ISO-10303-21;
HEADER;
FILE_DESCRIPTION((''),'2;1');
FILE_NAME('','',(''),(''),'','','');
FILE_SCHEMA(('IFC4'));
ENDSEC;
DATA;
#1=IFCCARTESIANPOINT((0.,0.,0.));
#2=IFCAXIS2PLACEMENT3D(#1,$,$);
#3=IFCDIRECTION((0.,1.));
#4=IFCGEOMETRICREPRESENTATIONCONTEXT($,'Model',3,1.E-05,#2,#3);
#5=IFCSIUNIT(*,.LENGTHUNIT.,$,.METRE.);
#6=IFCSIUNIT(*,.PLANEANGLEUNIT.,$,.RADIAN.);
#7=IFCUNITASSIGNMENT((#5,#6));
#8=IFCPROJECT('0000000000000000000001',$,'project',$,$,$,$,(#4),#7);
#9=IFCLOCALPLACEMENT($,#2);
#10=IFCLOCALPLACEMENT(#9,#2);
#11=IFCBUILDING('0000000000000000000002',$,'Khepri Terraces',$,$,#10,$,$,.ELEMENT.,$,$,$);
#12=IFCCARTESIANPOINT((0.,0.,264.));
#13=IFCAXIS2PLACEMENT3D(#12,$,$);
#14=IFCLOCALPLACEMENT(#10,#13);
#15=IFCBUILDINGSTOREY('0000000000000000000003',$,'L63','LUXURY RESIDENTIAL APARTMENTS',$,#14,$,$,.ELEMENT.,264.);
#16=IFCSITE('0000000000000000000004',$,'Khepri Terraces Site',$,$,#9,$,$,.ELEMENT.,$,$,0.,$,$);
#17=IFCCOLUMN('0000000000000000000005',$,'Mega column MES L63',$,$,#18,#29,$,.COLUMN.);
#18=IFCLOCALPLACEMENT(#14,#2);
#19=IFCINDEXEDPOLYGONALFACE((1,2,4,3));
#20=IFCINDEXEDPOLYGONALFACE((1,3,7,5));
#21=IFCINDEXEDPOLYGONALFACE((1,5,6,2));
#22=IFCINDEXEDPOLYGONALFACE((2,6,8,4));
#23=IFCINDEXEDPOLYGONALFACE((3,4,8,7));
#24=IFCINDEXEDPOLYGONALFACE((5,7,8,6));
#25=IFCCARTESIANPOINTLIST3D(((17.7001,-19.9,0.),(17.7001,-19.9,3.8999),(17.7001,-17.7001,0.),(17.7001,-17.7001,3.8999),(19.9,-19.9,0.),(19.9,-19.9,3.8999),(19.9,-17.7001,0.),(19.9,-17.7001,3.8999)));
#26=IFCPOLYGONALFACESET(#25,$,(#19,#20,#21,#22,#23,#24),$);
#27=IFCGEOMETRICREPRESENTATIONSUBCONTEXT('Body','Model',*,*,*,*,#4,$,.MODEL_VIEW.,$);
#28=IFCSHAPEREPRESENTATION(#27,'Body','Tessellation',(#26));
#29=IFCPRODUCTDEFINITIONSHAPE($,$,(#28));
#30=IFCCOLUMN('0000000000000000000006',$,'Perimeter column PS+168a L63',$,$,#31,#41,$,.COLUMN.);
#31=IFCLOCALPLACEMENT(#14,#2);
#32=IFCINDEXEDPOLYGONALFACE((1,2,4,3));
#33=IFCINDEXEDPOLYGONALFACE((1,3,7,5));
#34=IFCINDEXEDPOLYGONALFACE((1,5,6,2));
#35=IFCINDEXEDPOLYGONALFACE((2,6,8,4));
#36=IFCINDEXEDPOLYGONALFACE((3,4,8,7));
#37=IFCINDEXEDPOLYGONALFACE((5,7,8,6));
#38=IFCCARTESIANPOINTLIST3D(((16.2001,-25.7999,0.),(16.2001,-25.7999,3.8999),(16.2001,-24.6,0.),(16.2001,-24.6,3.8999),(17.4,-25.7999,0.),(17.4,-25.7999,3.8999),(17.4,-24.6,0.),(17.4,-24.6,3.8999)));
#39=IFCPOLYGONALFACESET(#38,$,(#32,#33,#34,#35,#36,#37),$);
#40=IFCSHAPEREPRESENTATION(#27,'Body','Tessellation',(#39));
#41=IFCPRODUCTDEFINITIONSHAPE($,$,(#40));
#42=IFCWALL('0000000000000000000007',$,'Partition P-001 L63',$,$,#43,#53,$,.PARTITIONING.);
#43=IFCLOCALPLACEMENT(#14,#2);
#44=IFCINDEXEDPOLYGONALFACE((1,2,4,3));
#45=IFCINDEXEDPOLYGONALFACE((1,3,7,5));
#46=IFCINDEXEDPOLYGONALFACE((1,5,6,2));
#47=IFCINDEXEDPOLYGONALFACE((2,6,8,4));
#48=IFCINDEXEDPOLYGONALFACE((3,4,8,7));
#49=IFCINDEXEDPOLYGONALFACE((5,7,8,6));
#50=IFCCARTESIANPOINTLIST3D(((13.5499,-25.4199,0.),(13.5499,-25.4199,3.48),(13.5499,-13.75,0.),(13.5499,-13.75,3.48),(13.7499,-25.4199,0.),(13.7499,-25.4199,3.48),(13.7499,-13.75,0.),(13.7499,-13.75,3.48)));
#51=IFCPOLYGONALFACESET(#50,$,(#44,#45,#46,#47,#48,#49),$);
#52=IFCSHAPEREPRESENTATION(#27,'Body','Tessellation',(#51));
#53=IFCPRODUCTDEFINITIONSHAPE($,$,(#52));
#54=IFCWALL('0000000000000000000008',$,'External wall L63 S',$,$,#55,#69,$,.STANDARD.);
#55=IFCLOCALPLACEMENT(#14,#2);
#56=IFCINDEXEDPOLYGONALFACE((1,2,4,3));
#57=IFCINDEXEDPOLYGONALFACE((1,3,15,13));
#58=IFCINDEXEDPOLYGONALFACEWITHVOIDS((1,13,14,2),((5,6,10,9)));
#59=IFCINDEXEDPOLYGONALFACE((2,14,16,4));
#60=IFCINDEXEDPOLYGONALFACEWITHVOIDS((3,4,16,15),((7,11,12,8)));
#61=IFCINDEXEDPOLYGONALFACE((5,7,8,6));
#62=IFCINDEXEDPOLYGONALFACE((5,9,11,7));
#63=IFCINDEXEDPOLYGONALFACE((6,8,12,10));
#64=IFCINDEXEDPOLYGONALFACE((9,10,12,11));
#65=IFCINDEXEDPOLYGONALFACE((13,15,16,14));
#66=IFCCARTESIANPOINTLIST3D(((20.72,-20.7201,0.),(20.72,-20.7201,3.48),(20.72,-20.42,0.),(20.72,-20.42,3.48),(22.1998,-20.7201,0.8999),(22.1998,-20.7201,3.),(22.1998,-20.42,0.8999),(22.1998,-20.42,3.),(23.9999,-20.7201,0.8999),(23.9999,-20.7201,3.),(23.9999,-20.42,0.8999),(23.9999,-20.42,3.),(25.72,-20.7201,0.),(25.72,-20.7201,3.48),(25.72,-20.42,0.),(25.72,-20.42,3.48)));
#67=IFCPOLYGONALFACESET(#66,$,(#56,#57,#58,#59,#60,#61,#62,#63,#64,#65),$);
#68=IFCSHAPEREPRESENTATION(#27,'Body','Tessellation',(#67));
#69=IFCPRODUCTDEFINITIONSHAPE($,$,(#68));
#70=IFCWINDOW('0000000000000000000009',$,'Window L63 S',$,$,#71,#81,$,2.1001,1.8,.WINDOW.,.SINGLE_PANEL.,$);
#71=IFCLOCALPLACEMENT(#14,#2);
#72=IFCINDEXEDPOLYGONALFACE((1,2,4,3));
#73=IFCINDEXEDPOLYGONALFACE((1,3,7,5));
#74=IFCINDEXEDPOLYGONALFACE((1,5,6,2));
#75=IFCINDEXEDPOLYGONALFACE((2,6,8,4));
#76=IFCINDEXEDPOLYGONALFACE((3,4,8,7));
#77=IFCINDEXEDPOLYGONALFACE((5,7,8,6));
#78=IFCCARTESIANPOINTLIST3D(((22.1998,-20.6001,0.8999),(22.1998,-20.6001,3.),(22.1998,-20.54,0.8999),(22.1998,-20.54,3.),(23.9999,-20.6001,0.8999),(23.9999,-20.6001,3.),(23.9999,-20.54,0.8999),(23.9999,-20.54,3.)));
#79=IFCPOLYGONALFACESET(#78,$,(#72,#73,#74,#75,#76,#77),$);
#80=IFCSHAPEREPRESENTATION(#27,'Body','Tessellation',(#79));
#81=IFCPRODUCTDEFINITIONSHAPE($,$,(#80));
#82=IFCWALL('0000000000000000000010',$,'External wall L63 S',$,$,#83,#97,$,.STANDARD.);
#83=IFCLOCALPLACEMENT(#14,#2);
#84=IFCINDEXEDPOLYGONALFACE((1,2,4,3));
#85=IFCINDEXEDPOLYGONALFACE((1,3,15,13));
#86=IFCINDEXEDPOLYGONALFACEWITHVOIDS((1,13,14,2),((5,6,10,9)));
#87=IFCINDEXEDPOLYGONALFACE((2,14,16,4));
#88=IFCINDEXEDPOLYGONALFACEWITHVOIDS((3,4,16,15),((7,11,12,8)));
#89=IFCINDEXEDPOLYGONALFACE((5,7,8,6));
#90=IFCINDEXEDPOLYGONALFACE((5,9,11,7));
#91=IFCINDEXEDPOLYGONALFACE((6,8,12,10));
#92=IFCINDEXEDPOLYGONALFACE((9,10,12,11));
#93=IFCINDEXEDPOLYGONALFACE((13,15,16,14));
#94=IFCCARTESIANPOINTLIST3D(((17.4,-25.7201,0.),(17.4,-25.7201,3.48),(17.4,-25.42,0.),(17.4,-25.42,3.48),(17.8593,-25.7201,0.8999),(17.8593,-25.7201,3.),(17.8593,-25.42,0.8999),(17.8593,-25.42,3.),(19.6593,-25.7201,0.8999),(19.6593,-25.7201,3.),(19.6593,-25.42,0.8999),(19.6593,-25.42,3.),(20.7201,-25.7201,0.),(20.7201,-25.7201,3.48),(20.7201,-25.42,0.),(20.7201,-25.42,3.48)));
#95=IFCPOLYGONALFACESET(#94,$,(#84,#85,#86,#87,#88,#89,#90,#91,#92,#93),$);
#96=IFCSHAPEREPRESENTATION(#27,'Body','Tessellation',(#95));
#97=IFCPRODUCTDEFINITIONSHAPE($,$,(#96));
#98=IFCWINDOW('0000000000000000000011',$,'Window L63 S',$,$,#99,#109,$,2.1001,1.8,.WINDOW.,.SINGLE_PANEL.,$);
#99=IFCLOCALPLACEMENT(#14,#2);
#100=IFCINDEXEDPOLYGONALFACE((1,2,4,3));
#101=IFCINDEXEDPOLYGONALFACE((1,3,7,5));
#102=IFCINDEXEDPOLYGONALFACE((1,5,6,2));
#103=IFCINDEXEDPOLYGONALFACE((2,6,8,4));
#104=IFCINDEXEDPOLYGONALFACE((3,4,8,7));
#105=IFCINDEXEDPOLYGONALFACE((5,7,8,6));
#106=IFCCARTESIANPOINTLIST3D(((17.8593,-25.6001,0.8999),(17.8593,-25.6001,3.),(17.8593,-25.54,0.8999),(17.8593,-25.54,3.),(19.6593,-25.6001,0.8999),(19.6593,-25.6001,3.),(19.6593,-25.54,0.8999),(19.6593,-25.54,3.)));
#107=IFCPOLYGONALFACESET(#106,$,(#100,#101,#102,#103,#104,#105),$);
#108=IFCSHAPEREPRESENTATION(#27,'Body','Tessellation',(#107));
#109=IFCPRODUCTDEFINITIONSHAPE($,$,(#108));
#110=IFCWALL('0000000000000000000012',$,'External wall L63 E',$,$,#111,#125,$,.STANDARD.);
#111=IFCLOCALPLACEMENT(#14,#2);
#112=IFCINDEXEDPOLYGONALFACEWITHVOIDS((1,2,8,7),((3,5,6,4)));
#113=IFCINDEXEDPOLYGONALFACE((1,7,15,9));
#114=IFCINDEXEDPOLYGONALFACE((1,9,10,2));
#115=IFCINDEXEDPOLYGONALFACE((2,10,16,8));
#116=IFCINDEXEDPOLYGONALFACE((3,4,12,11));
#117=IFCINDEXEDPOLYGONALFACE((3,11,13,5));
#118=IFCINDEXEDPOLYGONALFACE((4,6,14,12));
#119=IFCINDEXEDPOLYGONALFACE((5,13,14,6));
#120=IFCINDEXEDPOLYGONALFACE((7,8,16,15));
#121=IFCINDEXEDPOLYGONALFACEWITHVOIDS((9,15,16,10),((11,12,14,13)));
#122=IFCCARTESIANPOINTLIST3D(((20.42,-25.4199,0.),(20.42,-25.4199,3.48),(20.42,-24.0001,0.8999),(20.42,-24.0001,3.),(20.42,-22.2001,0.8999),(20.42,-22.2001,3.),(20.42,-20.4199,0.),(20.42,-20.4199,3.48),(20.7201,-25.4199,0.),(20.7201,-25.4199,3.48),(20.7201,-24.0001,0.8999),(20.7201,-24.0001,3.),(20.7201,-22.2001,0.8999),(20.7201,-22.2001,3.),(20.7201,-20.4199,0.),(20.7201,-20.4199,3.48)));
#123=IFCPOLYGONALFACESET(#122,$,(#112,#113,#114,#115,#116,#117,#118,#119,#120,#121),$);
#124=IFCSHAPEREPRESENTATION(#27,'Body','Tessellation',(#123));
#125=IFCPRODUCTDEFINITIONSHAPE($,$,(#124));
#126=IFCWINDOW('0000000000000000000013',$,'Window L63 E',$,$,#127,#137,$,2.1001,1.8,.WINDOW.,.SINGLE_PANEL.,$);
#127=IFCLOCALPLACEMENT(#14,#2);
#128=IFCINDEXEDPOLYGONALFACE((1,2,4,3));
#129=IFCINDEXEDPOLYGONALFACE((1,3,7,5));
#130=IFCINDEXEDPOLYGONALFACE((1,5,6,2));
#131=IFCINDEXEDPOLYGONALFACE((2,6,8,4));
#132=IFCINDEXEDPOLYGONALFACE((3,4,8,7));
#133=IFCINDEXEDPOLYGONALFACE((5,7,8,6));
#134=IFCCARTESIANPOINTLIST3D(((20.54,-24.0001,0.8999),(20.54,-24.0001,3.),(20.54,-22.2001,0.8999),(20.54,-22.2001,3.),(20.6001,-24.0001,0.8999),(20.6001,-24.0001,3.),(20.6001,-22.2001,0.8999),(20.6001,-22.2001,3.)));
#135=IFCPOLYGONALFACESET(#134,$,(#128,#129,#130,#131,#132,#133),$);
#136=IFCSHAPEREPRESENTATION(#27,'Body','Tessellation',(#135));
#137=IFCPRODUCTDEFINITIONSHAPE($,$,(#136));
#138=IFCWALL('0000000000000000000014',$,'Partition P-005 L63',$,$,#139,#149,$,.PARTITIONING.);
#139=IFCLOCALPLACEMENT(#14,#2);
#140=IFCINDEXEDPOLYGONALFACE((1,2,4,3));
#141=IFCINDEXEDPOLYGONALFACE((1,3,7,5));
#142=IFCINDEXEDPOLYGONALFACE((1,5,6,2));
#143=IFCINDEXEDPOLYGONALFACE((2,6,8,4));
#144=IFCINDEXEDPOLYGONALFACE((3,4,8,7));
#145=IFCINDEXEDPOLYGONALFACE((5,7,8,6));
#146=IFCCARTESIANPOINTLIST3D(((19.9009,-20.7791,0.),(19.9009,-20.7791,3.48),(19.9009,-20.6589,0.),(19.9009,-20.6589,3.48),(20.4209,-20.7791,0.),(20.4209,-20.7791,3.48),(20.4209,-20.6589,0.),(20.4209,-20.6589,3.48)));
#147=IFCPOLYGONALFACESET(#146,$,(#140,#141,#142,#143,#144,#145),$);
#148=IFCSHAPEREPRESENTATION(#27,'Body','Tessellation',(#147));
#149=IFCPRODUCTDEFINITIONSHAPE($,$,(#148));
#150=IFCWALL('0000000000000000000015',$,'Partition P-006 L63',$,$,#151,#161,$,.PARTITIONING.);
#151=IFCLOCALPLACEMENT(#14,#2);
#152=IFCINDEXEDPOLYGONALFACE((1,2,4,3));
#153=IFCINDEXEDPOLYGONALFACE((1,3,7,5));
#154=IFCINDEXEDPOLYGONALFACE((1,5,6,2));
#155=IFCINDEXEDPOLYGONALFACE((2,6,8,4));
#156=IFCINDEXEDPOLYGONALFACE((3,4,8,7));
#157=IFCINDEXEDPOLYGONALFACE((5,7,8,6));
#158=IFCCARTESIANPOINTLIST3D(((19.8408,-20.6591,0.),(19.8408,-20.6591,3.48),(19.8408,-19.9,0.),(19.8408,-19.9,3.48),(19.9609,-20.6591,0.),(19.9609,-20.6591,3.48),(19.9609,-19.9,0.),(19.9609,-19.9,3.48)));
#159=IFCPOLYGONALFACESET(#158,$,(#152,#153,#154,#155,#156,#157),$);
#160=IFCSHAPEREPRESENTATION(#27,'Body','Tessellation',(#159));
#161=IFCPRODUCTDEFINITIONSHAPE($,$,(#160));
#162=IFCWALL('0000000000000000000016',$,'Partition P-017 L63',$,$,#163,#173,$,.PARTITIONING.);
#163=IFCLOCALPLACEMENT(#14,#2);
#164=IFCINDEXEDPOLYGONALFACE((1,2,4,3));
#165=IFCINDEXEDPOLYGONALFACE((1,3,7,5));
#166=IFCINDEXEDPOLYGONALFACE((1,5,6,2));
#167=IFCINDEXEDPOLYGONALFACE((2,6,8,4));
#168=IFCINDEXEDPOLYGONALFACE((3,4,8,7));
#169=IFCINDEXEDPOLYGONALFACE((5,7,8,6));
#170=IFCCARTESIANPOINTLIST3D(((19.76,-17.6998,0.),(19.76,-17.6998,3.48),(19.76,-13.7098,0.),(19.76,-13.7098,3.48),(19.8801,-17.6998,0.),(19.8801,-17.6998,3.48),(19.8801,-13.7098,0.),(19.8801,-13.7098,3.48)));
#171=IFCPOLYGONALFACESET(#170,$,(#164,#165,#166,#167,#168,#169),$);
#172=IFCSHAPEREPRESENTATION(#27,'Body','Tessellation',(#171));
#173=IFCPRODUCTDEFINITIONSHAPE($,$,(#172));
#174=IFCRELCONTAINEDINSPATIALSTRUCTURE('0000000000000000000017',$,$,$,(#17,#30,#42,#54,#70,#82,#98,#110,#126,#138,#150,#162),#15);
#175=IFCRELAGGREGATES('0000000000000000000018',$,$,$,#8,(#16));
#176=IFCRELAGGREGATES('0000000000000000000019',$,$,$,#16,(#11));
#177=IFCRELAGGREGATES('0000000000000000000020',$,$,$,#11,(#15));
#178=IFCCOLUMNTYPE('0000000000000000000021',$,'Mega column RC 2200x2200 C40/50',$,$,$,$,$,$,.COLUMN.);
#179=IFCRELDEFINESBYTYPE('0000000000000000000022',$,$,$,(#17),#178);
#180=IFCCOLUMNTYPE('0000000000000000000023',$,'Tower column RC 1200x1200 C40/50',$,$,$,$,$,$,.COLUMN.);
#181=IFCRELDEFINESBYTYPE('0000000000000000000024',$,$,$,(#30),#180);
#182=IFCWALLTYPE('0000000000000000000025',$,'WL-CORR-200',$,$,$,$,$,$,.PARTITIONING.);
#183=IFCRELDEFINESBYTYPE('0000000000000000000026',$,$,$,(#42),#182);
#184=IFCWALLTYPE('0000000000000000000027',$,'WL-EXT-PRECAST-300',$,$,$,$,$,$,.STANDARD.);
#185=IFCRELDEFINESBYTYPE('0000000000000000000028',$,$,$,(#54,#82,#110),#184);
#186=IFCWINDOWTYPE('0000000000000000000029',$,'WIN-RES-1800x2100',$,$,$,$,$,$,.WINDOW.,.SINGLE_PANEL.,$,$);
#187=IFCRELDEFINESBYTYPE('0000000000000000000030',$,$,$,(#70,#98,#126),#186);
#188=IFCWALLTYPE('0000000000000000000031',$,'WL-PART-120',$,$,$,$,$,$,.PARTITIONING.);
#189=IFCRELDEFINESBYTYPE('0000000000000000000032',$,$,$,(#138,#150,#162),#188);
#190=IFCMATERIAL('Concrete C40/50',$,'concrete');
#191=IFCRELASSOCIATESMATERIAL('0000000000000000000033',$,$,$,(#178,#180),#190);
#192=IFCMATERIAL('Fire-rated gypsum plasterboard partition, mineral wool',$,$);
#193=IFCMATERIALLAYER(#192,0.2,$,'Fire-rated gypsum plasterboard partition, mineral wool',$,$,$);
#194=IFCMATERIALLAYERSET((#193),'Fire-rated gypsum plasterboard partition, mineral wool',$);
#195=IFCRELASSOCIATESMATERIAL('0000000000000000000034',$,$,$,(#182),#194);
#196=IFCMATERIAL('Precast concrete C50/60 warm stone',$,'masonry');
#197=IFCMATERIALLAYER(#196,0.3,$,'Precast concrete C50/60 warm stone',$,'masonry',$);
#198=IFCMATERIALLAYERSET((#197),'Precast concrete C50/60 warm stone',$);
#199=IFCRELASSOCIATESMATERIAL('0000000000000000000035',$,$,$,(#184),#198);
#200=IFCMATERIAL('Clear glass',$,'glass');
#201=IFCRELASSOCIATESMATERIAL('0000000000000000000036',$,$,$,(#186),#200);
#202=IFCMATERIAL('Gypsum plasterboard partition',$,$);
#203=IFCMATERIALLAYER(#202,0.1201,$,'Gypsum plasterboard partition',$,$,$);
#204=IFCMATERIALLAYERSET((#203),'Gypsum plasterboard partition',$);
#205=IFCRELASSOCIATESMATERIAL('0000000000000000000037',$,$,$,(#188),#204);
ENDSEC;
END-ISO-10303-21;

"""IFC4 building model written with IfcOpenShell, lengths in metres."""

from ifc_helpers import new_model, si_unit, direction, frame, frame_2d, origin, origin_2d, place, context, subcontext, project, spatial, rectangle, extrude, material, layer, layer_set, material_profile, profile_set, type_object, element, fill, save


model = new_model("IFC4")

# Units and contexts
model_context = context("Model", 3, precision=1e-05, world=origin(), true_north=direction((0.0, 1.0)))
body_context = subcontext(model_context, "Body", "Model", "MODEL_VIEW")
ifc_project = project(units=[si_unit("LENGTHUNIT", "METRE"), si_unit("PLANEANGLEUNIT", "RADIAN")], contexts=[model_context])

# Site, building, storey
site_placement = place(None, origin())
site = spatial("IfcSite", under=ifc_project, at=site_placement, Name="Khepri Terraces Site", CompositionType="ELEMENT", RefElevation=0.0)
building_placement = place(site_placement, origin())
building = spatial("IfcBuilding", under=site, at=building_placement, Name="Khepri Terraces", CompositionType="ELEMENT")
storey_placement = place(building_placement, frame((0.0, 0.0, 264.0)))
storey = spatial("IfcBuildingStorey", under=building, at=storey_placement, Name="L63", Description="LUXURY RESIDENTIAL APARTMENTS", CompositionType="ELEMENT", Elevation=264.0)

# Columns
ifc_material_1 = material(Name="Concrete C40/50", Category="concrete")
ifc_material_profile_1 = material_profile(ifc_material_1, rectangle(XDim=2.2, YDim=2.2, at=origin_2d()), Name="Concrete C40/50", Category="concrete")
ifc_profile_set_1 = profile_set([ifc_material_profile_1], Name="Concrete C40/50")
column_type_1 = type_object("IfcColumnType", Name="Mega column RC 2200x2200 C40/50", PredefinedType="COLUMN", material=ifc_profile_set_1)
column_1_placement = place(storey_placement, frame((18.8, -18.8, 0.0), z_axis=(0.0, 0.0, 1.0), x_axis=(1.0, 0.0, 0.0)))
element("IfcColumn", 1, at=column_1_placement, inside=storey, type_object=column_type_1, Name="Mega column MES L63", PredefinedType="COLUMN", context=body_context, shape_type="SweptSolid", body=[
    extrude(rectangle(XDim=2.2, YDim=2.2, at=origin_2d()), origin(), (0.0, 0.0, 1.0), 3.8999),
])
ifc_material_profile_2 = material_profile(ifc_material_1, rectangle(XDim=1.2, YDim=1.2, at=origin_2d()), Name="Concrete C40/50", Category="concrete")
ifc_profile_set_2 = profile_set([ifc_material_profile_2], Name="Concrete C40/50")
column_type_2 = type_object("IfcColumnType", Name="Tower column RC 1200x1200 C40/50", PredefinedType="COLUMN", material=ifc_profile_set_2)
column_2_placement = place(storey_placement, frame((16.8, -25.2, 0.0), z_axis=(0.0, 0.0, 1.0), x_axis=(1.0, 0.0, 0.0)))
element("IfcColumn", 2, at=column_2_placement, inside=storey, type_object=column_type_2, Name="Perimeter column PS+168a L63", PredefinedType="COLUMN", context=body_context, shape_type="SweptSolid", body=[
    extrude(rectangle(XDim=1.2, YDim=1.2, at=origin_2d()), origin(), (0.0, 0.0, 1.0), 3.8999),
])

# Wall
ifc_material_2 = material(Name="Fire-rated gypsum plasterboard partition, mineral wool")
ifc_layer_1 = layer(ifc_material_2, 0.2, Name="Fire-rated gypsum plasterboard partition, mineral wool")
ifc_layer_set_1 = layer_set([ifc_layer_1], Name="Fire-rated gypsum plasterboard partition, mineral wool")
wall_type_1 = type_object("IfcWallType", Name="WL-CORR-200", PredefinedType="PARTITIONING", material=ifc_layer_set_1)
wall_1_placement = place(storey_placement, frame((13.6499, -25.4199, 0.0), z_axis=(0.0, 0.0, 1.0), x_axis=(0.0, 1.0, 0.0)))
element("IfcWall", 3, at=wall_1_placement, inside=storey, type_object=wall_type_1, Name="Partition P-001 L63", PredefinedType="PARTITIONING", context=body_context, shape_type="SweptSolid", body=[
    extrude(rectangle(XDim=11.6699, YDim=0.2, at=frame_2d((5.835, 0.0))), origin(), (0.0, 0.0, 1.0), 3.48),
])

# Wall, opening, window
ifc_material_3 = material(Name="Precast concrete C50/60 warm stone", Category="masonry")
ifc_layer_2 = layer(ifc_material_3, 0.3, Name="Precast concrete C50/60 warm stone", Category="masonry")
ifc_layer_set_2 = layer_set([ifc_layer_2], Name="Precast concrete C50/60 warm stone")
wall_type_2 = type_object("IfcWallType", Name="WL-EXT-PRECAST-300", PredefinedType="STANDARD", material=ifc_layer_set_2)
wall_2_placement = place(storey_placement, frame((20.72, -20.5701, 0.0), z_axis=(0.0, 0.0, 1.0), x_axis=(1.0, 0.0, 0.0)))
wall_2 = element("IfcWall", 4, at=wall_2_placement, inside=storey, type_object=wall_type_2, Name="External wall L63 S", PredefinedType="STANDARD", context=body_context, shape_type="SweptSolid", body=[
    extrude(rectangle(XDim=5.0, YDim=0.3, at=frame_2d((2.5, 0.0))), origin(), (0.0, 0.0, 1.0), 3.48),
])
opening_1_placement = place(wall_2_placement, frame((1.48, 0.0, 0.8999)))
opening_1 = element("IfcOpeningElement", 5, at=opening_1_placement, cuts=wall_2, PredefinedType="OPENING", context=body_context, shape_type="SweptSolid", body=[
    extrude(rectangle(XDim=1.8, YDim=2.1001, at=frame_2d((0.8999, 1.05))), frame((0.0, 0.1602, 0.0), z_axis=(0.0, -1.0, 0.0), x_axis=(1.0, 0.0, 0.0)), (0.0, 0.0, 1.0), 0.3201),
])
ifc_material_4 = material(Name="Clear glass", Category="glass")
window_type = type_object("IfcWindowType", Name="WIN-RES-1800x2100", PartitioningType="SINGLE_PANEL", PredefinedType="WINDOW", material=ifc_material_4)
window_1_placement = place(opening_1_placement, origin())
window_1 = element("IfcWindow", 6, at=window_1_placement, inside=storey, type_object=window_type, Name="Window L63 S", OverallHeight=2.1001, OverallWidth=1.8, PartitioningType="SINGLE_PANEL", PredefinedType="WINDOW", context=body_context, shape_type="SweptSolid", body=[
    extrude(rectangle(XDim=1.8, YDim=2.1001, at=frame_2d((0.8999, 1.05))), frame((0.0, 0.03, 0.0), z_axis=(0.0, -1.0, 0.0), x_axis=(1.0, 0.0, 0.0)), (0.0, 0.0, 1.0), 0.0601),
])
fill(opening_1, window_1)

# Walls, openings, windows
wall_3_placement = place(storey_placement, frame((17.3999, -25.5701, 0.0), z_axis=(0.0, 0.0, 1.0), x_axis=(1.0, 0.0, 0.0)))
wall_3 = element("IfcWall", 7, at=wall_3_placement, inside=storey, type_object=wall_type_2, Name="External wall L63 S", PredefinedType="STANDARD", context=body_context, shape_type="SweptSolid", body=[
    extrude(rectangle(XDim=3.3201, YDim=0.3, at=frame_2d((1.6602, 0.0))), origin(), (0.0, 0.0, 1.0), 3.48),
])
opening_2_placement = place(wall_3_placement, frame((0.4595, 0.0, 0.8999)))
opening_2 = element("IfcOpeningElement", 8, at=opening_2_placement, cuts=wall_3, PredefinedType="OPENING", context=body_context, shape_type="SweptSolid", body=[
    extrude(rectangle(XDim=1.8, YDim=2.1001, at=frame_2d((0.8999, 1.05))), frame((0.0, 0.1602, 0.0), z_axis=(0.0, -1.0, 0.0), x_axis=(1.0, 0.0, 0.0)), (0.0, 0.0, 1.0), 0.3201),
])
window_2_placement = place(opening_2_placement, origin())
window_2 = element("IfcWindow", 9, at=window_2_placement, inside=storey, type_object=window_type, Name="Window L63 S", OverallHeight=2.1001, OverallWidth=1.8, PartitioningType="SINGLE_PANEL", PredefinedType="WINDOW", context=body_context, shape_type="SweptSolid", body=[
    extrude(rectangle(XDim=1.8, YDim=2.1001, at=frame_2d((0.8999, 1.05))), frame((0.0, 0.03, 0.0), z_axis=(0.0, -1.0, 0.0), x_axis=(1.0, 0.0, 0.0)), (0.0, 0.0, 1.0), 0.0601),
])
fill(opening_2, window_2)
wall_4_placement = place(storey_placement, frame((20.5701, -25.4199, 0.0), z_axis=(0.0, 0.0, 1.0), x_axis=(0.0, 1.0, 0.0)))
wall_4 = element("IfcWall", 10, at=wall_4_placement, inside=storey, type_object=wall_type_2, Name="External wall L63 E", PredefinedType="STANDARD", context=body_context, shape_type="SweptSolid", body=[
    extrude(rectangle(XDim=5.0, YDim=0.3, at=frame_2d((2.5, 0.0))), origin(), (0.0, 0.0, 1.0), 3.48),
])
opening_3_placement = place(wall_4_placement, frame((1.4199, 0.0, 0.8999)))
opening_3 = element("IfcOpeningElement", 11, at=opening_3_placement, cuts=wall_4, PredefinedType="OPENING", context=body_context, shape_type="SweptSolid", body=[
    extrude(rectangle(XDim=1.8, YDim=2.1001, at=frame_2d((0.8999, 1.05))), frame((0.0, 0.1602, 0.0), z_axis=(0.0, -1.0, 0.0), x_axis=(1.0, 0.0, 0.0)), (0.0, 0.0, 1.0), 0.3201),
])
window_3_placement = place(opening_3_placement, origin())
window_3 = element("IfcWindow", 12, at=window_3_placement, inside=storey, type_object=window_type, Name="Window L63 E", OverallHeight=2.1001, OverallWidth=1.8, PartitioningType="SINGLE_PANEL", PredefinedType="WINDOW", context=body_context, shape_type="SweptSolid", body=[
    extrude(rectangle(XDim=1.8, YDim=2.1001, at=frame_2d((0.8999, 1.05))), frame((0.0, 0.03, 0.0), z_axis=(0.0, -1.0, 0.0), x_axis=(1.0, 0.0, 0.0)), (0.0, 0.0, 1.0), 0.0601),
])
fill(opening_3, window_3)

# Walls
ifc_material_5 = material(Name="Gypsum plasterboard partition")
ifc_layer_3 = layer(ifc_material_5, 0.1201, Name="Gypsum plasterboard partition")
ifc_layer_set_3 = layer_set([ifc_layer_3], Name="Gypsum plasterboard partition")
wall_type_3 = type_object("IfcWallType", Name="WL-PART-120", PredefinedType="PARTITIONING", material=ifc_layer_set_3)
wall_5_placement = place(storey_placement, frame((19.9009, -20.719, 0.0), z_axis=(0.0, 0.0, 1.0), x_axis=(1.0, 0.0, 0.0)))
element("IfcWall", 13, at=wall_5_placement, inside=storey, type_object=wall_type_3, Name="Partition P-005 L63", PredefinedType="PARTITIONING", context=body_context, shape_type="SweptSolid", body=[
    extrude(rectangle(XDim=0.52, YDim=0.1201, at=frame_2d((0.26, 0.0))), origin(), (0.0, 0.0, 1.0), 3.48),
])
wall_6_placement = place(storey_placement, frame((19.9009, -20.6589, 0.0), z_axis=(0.0, 0.0, 1.0), x_axis=(0.0, 1.0, 0.0)))
element("IfcWall", 14, at=wall_6_placement, inside=storey, type_object=wall_type_3, Name="Partition P-006 L63", PredefinedType="PARTITIONING", context=body_context, shape_type="SweptSolid", body=[
    extrude(rectangle(XDim=0.759, YDim=0.1201, at=frame_2d((0.3794, 0.0))), origin(), (0.0, 0.0, 1.0), 3.48),
])
wall_7_placement = place(storey_placement, frame((19.8201, -17.7, 0.0), z_axis=(0.0, 0.0, 1.0), x_axis=(0.0, 1.0, 0.0)))
element("IfcWall", 15, at=wall_7_placement, inside=storey, type_object=wall_type_3, Name="Partition P-017 L63", PredefinedType="PARTITIONING", context=body_context, shape_type="SweptSolid", body=[
    extrude(rectangle(XDim=3.99, YDim=0.1201, at=frame_2d((1.9951, 0.0))), origin(), (0.0, 0.0, 1.0), 3.48),
])

save(model, "model.ifc")
